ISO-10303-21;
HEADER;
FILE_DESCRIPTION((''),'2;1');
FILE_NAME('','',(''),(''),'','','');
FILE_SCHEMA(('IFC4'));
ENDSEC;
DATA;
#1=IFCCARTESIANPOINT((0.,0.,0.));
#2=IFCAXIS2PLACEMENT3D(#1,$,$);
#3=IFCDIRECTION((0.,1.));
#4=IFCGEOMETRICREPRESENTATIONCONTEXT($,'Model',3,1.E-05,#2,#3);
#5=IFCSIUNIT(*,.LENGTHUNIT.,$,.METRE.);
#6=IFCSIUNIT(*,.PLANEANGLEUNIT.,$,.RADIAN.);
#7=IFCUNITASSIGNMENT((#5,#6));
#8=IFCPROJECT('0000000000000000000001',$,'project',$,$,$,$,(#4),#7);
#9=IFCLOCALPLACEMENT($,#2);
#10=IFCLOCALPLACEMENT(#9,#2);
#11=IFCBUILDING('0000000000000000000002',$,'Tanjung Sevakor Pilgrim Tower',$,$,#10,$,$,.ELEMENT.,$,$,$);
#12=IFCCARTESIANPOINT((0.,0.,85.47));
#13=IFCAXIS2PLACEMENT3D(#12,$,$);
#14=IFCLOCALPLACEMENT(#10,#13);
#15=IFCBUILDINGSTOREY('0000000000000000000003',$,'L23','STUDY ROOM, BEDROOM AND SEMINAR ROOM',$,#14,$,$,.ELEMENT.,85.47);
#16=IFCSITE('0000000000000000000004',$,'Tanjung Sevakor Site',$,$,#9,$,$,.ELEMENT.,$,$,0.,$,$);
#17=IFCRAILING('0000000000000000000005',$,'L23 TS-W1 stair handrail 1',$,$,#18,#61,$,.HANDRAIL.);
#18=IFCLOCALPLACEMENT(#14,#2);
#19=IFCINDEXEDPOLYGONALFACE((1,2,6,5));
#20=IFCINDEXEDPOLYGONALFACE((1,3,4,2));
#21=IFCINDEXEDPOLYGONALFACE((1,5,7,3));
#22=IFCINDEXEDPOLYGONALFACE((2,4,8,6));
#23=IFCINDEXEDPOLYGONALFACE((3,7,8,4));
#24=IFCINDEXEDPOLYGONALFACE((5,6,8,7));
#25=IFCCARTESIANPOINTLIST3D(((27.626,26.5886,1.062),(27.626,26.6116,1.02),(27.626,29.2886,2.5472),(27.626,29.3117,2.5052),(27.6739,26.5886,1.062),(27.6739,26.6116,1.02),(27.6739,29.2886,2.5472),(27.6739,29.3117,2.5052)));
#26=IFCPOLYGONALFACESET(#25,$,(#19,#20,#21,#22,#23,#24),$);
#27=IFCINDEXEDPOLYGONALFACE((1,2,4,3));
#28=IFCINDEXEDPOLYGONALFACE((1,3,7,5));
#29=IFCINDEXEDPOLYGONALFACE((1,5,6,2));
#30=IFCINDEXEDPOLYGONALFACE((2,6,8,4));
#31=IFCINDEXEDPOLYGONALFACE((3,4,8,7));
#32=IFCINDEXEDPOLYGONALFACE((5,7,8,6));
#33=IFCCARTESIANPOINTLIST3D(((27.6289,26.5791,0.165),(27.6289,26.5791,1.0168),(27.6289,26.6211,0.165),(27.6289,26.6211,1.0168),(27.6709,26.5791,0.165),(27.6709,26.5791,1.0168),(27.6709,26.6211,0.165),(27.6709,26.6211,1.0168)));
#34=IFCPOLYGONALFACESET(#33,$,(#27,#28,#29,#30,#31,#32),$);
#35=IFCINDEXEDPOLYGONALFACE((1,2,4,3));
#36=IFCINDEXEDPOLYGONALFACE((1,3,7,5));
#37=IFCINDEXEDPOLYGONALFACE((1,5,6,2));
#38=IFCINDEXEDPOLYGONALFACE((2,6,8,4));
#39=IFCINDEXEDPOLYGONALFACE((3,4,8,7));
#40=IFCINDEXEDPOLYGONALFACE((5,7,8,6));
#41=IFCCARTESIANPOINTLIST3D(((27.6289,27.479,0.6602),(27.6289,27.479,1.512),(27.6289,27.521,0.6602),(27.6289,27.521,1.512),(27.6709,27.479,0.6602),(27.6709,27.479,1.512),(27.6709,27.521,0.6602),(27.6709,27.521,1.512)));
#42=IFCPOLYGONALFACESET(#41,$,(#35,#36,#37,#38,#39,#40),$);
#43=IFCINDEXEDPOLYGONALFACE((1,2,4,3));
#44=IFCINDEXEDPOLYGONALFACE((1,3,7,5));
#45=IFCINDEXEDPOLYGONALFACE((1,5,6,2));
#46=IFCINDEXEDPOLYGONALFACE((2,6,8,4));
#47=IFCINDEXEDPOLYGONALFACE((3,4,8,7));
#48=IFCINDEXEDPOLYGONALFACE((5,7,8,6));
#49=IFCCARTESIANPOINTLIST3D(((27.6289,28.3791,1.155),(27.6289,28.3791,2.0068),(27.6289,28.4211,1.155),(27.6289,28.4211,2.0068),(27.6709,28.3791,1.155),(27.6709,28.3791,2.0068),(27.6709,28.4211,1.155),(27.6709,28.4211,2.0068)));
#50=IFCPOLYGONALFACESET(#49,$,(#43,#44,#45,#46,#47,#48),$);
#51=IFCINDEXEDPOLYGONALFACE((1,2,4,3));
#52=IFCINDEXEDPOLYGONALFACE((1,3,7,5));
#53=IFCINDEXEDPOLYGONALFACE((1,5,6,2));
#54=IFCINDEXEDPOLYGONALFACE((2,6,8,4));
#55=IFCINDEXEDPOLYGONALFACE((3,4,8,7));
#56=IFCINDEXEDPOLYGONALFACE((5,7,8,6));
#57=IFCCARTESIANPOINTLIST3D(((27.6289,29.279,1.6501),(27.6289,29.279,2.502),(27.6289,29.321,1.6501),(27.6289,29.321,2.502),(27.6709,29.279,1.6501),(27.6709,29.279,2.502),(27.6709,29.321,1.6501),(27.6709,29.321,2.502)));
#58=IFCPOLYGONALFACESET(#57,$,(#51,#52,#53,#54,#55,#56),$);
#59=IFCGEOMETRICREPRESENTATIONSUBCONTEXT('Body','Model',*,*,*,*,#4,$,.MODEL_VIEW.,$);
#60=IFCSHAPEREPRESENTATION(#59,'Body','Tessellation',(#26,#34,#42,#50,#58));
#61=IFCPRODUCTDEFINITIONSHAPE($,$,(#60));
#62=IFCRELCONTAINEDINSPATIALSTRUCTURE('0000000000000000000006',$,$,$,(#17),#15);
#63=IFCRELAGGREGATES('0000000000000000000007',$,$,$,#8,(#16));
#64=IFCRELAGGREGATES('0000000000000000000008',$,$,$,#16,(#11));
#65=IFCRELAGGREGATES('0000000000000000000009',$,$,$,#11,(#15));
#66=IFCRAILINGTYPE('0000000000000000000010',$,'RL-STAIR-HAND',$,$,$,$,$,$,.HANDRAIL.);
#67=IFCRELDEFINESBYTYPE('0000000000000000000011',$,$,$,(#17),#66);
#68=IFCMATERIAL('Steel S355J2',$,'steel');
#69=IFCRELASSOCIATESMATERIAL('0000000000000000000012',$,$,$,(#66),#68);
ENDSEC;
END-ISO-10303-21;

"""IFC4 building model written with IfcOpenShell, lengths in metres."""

from ifc_helpers import new_model, si_unit, direction, frame, origin, place, context, subcontext, project, spatial, rectangle, extrude, material, type_object, element, save


model = new_model("IFC4")

# Units and contexts
model_context = context("Model", 3, precision=1e-05, world=origin(), true_north=direction((0.0, 1.0)))
body_context = subcontext(model_context, "Body", "Model", "MODEL_VIEW")
ifc_project = project(units=[si_unit("LENGTHUNIT", "METRE"), si_unit("PLANEANGLEUNIT", "RADIAN")], contexts=[model_context])

# Site, building, storey
site_placement = place(None, origin())
site = spatial("IfcSite", under=ifc_project, at=site_placement, Name="Tanjung Sevakor Site", CompositionType="ELEMENT", RefElevation=0.0)
building_placement = place(site_placement, origin())
building = spatial("IfcBuilding", under=site, at=building_placement, Name="Tanjung Sevakor Pilgrim Tower", CompositionType="ELEMENT")
storey_placement = place(building_placement, frame((0.0, 0.0, 85.47)))
storey = spatial("IfcBuildingStorey", under=building, at=storey_placement, Name="L23", Description="STUDY ROOM, BEDROOM AND SEMINAR ROOM", CompositionType="ELEMENT", Elevation=85.47)

# Railing
ifc_material_1 = material(Name="Steel S355J2", Category="steel")
railing_type_1 = type_object("IfcRailingType", Name="RL-STAIR-HAND", PredefinedType="HANDRAIL", material=ifc_material_1)
railing_1_placement = place(storey_placement, frame((27.6499, 26.6001, 0.165)))
element("IfcRailing", 1, at=railing_1_placement, inside=storey, type_object=railing_type_1, Name="L23 TS-W1 stair handrail 1", PredefinedType="HANDRAIL", context=body_context, shape_type="SweptSolid", body=[
    extrude(rectangle(XDim=0.0479, YDim=0.0479), frame((0.0, 0.0, 0.876), z_axis=(0.0, 0.876198, 0.481952), x_axis=(-1.0, 0.0, 0.0)), (0.0, 0.0, 1.0), 3.0815),
    extrude(rectangle(XDim=0.042, YDim=0.042), origin(), (0.0, 0.0, 1.0), 0.8518),
    extrude(rectangle(XDim=0.042, YDim=0.042), frame((0.0, 0.8999, 0.4951)), (0.0, 0.0, 1.0), 0.8518),
    extrude(rectangle(XDim=0.042, YDim=0.042), frame((0.0, 1.8, 0.99)), (0.0, 0.0, 1.0), 0.8518),
    extrude(rectangle(XDim=0.042, YDim=0.042), frame((0.0, 2.7, 1.4851)), (0.0, 0.0, 1.0), 0.8518),
])

save(model, "model.ifc")
